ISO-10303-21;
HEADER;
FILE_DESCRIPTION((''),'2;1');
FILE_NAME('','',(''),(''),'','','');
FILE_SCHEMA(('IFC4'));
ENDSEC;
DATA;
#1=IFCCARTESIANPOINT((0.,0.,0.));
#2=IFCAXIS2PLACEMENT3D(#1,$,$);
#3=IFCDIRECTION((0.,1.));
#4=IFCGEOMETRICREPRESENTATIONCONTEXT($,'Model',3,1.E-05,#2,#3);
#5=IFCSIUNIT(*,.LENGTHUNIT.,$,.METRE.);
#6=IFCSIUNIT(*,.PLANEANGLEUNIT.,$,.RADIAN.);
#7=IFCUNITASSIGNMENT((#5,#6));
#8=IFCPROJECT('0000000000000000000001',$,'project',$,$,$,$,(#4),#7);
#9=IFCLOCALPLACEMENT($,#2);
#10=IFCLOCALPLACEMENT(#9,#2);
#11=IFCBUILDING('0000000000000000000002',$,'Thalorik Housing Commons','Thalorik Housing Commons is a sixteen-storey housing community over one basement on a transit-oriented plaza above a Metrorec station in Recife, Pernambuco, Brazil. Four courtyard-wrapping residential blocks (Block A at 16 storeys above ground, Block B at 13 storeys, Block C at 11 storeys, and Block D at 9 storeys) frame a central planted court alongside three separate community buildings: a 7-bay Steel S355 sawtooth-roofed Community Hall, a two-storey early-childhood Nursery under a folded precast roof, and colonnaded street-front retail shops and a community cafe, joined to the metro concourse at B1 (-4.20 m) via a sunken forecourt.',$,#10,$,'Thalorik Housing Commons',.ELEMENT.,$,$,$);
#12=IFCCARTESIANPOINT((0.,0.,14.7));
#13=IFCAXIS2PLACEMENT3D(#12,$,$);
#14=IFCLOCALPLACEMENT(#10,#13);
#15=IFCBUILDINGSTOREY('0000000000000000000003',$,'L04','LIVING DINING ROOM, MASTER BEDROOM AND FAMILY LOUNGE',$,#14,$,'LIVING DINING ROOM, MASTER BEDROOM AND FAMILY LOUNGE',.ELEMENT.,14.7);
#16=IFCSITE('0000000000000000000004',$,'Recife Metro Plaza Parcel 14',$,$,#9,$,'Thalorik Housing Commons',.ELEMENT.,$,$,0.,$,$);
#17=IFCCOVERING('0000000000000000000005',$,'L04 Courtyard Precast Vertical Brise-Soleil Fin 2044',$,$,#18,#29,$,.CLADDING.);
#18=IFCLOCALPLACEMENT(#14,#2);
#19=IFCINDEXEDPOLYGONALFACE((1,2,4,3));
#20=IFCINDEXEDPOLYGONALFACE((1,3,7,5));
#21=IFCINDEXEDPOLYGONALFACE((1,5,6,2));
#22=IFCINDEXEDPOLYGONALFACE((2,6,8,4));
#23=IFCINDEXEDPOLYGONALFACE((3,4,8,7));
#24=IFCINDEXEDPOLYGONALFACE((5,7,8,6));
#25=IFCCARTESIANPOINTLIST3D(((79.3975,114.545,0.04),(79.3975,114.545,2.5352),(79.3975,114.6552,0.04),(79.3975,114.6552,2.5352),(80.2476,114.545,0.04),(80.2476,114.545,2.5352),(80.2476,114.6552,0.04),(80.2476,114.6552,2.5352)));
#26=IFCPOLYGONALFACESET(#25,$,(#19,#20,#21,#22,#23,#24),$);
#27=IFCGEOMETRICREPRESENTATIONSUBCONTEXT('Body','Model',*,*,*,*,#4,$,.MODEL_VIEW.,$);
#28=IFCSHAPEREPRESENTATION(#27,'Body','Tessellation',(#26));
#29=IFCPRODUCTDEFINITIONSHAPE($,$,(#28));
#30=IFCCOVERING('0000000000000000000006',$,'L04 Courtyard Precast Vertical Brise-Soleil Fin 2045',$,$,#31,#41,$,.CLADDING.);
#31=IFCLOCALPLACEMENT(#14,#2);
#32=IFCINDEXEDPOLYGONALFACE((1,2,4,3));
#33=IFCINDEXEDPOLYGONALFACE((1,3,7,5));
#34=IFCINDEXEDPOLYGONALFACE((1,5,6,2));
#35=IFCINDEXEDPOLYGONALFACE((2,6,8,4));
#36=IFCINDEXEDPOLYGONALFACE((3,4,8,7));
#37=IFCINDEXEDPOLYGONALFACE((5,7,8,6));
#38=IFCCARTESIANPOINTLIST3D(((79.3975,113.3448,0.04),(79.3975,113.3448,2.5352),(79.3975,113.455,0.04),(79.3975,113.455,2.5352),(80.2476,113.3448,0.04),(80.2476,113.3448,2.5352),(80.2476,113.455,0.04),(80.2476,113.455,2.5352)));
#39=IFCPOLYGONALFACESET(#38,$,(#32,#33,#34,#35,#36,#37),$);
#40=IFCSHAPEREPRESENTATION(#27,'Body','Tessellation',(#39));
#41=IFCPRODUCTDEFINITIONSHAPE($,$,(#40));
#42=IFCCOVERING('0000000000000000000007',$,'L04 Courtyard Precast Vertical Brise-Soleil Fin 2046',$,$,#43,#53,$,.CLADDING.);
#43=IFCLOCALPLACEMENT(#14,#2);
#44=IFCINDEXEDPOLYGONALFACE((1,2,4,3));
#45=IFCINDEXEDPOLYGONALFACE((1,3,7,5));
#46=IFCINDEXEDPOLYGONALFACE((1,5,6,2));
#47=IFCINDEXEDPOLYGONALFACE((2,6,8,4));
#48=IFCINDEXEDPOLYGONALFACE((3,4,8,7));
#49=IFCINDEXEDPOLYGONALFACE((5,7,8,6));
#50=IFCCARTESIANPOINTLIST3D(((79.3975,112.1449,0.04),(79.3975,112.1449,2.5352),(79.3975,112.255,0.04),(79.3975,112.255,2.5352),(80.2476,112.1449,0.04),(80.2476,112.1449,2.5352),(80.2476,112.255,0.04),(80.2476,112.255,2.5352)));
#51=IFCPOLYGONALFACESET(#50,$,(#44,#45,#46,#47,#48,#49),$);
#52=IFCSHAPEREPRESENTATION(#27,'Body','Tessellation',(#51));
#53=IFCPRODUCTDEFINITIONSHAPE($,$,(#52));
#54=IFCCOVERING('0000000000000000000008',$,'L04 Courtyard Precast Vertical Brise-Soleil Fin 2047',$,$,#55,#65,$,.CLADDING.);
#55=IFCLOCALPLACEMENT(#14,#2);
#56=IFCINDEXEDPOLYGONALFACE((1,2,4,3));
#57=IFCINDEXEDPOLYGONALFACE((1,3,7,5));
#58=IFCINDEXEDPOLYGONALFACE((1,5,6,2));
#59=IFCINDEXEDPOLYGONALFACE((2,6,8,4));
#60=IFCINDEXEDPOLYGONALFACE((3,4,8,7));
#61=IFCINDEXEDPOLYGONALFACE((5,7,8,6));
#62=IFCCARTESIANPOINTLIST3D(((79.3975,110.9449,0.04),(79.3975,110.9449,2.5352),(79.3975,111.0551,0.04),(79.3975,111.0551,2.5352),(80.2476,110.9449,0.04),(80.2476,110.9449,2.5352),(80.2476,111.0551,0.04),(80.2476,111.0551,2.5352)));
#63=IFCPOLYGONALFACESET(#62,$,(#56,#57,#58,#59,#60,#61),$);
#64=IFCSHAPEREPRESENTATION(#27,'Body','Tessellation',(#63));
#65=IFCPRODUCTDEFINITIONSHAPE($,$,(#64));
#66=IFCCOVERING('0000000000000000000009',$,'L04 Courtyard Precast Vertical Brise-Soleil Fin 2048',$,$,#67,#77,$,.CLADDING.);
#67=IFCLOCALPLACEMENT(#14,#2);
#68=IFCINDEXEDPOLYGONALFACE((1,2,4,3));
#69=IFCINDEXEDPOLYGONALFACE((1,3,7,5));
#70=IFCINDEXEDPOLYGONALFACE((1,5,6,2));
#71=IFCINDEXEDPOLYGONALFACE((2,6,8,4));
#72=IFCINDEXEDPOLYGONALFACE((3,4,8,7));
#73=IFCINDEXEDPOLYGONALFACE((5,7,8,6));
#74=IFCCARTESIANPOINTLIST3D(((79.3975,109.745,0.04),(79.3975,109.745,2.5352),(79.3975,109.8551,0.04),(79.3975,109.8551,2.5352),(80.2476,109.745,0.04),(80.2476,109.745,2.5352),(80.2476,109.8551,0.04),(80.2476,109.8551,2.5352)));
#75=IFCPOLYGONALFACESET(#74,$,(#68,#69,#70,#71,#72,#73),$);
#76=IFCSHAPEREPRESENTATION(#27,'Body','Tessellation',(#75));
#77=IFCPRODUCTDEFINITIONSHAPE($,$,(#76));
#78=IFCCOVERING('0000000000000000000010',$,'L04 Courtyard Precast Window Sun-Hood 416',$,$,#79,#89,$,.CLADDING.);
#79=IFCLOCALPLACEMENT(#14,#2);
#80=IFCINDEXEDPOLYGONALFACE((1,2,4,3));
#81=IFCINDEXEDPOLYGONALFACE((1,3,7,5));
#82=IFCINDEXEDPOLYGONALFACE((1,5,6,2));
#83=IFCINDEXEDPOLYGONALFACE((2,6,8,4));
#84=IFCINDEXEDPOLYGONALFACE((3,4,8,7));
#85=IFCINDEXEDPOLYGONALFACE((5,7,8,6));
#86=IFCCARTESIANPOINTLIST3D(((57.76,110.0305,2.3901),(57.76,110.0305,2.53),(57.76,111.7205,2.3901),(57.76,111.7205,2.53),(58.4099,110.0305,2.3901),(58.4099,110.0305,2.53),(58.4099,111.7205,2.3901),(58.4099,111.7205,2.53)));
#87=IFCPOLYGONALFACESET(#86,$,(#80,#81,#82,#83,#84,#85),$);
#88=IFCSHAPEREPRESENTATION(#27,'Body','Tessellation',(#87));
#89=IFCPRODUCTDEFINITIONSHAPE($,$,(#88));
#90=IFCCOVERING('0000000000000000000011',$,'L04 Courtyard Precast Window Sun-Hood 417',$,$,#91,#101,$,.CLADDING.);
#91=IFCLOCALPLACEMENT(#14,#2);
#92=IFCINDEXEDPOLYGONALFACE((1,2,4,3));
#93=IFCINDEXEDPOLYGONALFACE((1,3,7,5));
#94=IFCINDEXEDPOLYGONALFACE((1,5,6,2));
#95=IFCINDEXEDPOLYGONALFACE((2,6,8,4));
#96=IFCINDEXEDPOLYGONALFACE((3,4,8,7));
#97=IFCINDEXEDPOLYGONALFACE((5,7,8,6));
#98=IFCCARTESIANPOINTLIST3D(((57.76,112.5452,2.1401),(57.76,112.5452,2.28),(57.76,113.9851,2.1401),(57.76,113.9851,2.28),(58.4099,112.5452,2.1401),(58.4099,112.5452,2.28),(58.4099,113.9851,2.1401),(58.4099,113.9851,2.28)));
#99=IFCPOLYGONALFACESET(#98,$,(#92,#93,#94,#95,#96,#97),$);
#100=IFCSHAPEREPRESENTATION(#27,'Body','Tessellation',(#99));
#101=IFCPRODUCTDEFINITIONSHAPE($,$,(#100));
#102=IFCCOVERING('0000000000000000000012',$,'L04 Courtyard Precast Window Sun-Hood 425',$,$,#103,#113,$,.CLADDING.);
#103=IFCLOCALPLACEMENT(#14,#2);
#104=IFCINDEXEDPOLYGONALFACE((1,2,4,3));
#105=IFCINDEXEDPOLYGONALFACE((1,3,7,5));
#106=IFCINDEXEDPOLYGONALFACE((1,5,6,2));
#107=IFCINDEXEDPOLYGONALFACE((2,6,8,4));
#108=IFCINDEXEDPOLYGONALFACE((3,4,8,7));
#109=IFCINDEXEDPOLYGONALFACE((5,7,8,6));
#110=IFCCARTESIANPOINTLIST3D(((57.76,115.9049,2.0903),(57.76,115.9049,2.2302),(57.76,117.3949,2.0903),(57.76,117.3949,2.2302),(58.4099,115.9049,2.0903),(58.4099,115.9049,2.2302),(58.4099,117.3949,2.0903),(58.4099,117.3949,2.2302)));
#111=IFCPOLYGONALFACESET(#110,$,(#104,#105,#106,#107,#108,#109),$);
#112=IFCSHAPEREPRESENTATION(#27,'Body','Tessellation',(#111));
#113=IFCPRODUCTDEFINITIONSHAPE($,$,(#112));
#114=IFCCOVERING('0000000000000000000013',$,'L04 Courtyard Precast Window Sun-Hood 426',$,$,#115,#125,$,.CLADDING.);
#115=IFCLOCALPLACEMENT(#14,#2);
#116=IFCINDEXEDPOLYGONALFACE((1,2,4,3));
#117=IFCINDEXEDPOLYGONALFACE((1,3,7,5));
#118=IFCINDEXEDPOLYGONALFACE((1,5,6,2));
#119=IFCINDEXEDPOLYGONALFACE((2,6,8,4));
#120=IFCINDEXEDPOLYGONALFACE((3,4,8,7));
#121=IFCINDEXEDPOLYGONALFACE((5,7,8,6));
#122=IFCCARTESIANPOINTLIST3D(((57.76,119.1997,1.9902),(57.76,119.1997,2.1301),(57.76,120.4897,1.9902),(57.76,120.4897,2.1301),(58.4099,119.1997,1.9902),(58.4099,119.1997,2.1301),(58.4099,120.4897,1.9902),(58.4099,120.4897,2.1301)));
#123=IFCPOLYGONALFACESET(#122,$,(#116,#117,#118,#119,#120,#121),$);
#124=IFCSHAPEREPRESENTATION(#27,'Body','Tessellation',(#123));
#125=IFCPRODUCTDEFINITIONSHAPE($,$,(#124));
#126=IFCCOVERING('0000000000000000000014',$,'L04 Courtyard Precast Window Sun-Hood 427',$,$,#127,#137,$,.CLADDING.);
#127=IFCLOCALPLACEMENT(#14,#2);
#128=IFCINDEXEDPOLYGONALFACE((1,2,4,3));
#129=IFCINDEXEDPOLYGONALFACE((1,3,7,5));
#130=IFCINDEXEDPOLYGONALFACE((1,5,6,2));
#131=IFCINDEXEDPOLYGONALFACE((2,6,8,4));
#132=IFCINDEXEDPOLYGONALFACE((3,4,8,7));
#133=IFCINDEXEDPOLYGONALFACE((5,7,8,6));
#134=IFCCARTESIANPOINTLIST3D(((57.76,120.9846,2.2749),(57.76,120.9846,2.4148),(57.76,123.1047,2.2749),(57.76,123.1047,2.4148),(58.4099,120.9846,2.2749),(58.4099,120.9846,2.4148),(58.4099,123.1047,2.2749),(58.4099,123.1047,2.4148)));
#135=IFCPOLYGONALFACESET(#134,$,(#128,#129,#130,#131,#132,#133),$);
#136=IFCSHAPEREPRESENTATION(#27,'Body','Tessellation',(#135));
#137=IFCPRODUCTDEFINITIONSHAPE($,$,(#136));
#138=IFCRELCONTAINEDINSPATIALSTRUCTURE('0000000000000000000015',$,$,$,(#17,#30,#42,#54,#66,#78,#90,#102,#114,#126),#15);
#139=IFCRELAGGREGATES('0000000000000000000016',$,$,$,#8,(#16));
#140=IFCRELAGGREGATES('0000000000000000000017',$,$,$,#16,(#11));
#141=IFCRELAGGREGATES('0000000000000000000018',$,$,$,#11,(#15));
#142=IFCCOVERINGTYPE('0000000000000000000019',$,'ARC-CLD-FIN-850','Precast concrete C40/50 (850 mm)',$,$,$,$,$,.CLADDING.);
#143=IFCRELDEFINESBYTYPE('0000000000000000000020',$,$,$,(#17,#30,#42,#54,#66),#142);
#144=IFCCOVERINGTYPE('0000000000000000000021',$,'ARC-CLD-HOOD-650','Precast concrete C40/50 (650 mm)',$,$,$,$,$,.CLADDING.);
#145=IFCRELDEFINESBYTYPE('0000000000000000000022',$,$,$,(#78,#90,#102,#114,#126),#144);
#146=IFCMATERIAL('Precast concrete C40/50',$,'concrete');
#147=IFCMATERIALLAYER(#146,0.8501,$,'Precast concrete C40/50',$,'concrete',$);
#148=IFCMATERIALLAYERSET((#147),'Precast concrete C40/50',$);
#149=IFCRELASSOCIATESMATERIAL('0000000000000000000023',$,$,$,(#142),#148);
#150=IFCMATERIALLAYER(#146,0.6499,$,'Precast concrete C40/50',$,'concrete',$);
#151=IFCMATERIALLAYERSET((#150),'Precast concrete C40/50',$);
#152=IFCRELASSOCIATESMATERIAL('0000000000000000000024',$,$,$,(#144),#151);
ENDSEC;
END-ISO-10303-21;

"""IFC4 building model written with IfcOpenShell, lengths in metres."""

from ifc_helpers import new_model, si_unit, direction, frame, origin, origin_2d, place, context, subcontext, project, spatial, rectangle, extrude, material, layer, layer_set, type_object, element, save


model = new_model("IFC4")

# Units and contexts
model_context = context("Model", 3, precision=1e-05, world=origin(), true_north=direction((0.0, 1.0)))
body_context = subcontext(model_context, "Body", "Model", "MODEL_VIEW")
ifc_project = project(units=[si_unit("LENGTHUNIT", "METRE"), si_unit("PLANEANGLEUNIT", "RADIAN")], contexts=[model_context])

# Site, building, storey
site_placement = place(None, origin())
site = spatial("IfcSite", under=ifc_project, at=site_placement, Name="Recife Metro Plaza Parcel 14", LongName="Thalorik Housing Commons", CompositionType="ELEMENT", RefElevation=0.0)
building_placement = place(site_placement, origin())
building = spatial("IfcBuilding", under=site, at=building_placement, Name="Thalorik Housing Commons", Description="Thalorik Housing Commons is a sixteen-storey housing community over one basement on a transit-oriented plaza above a Metrorec station in Recife, Pernambuco, Brazil. Four courtyard-wrapping residential blocks (Block A at 16 storeys above ground, Block B at 13 storeys, Block C at 11 storeys, and Block D at 9 storeys) frame a central planted court alongside three separate community buildings: a 7-bay Steel S355 sawtooth-roofed Community Hall, a two-storey early-childhood Nursery under a folded precast roof, and colonnaded street-front retail shops and a community cafe, joined to the metro concourse at B1 (-4.20 m) via a sunken forecourt.", LongName="Thalorik Housing Commons", CompositionType="ELEMENT")
storey_placement = place(building_placement, frame((0.0, 0.0, 14.7)))
storey = spatial("IfcBuildingStorey", under=building, at=storey_placement, Name="L04", Description="LIVING DINING ROOM, MASTER BEDROOM AND FAMILY LOUNGE", LongName="LIVING DINING ROOM, MASTER BEDROOM AND FAMILY LOUNGE", CompositionType="ELEMENT", Elevation=14.7)

# Coverings
ifc_material_1 = material(Name="Precast concrete C40/50", Category="concrete")
ifc_layer_1 = layer(ifc_material_1, 0.8501, Name="Precast concrete C40/50", Category="concrete")
ifc_layer_set_1 = layer_set([ifc_layer_1], Name="Precast concrete C40/50")
covering_type_1 = type_object("IfcCoveringType", Name="ARC-CLD-FIN-850", Description="Precast concrete C40/50 (850 mm)", PredefinedType="CLADDING", material=ifc_layer_set_1)
for number, where, z_axis, x_axis, name in (
    (1, (79.8225, 114.6001, 0.04), (0.0, 0.0, 1.0), (0.0, -1.0, 0.0), "L04 Courtyard Precast Vertical Brise-Soleil Fin 2044"),
    (2, (79.8225, 113.3999, 0.04), (0.0, 0.0, 1.0), (0.0, -1.0, 0.0), "L04 Courtyard Precast Vertical Brise-Soleil Fin 2045"),
    (3, (79.8225, 112.2, 0.04), (0.0, 0.0, 1.0), (0.0, -1.0, 0.0), "L04 Courtyard Precast Vertical Brise-Soleil Fin 2046"),
    (4, (79.8225, 111.0, 0.04), (0.0, 0.0, 1.0), (0.0, -1.0, 0.0), "L04 Courtyard Precast Vertical Brise-Soleil Fin 2047"),
    (5, (79.8225, 109.8, 0.04), (0.0, 0.0, 1.0), (0.0, -1.0, 0.0), "L04 Courtyard Precast Vertical Brise-Soleil Fin 2048"),
):
    element("IfcCovering", number, at=place(storey_placement, frame(where, z_axis=z_axis, x_axis=x_axis)), inside=storey, type_object=covering_type_1, Name=name, PredefinedType="CLADDING", context=body_context, shape_type="SweptSolid", body=[
        extrude(rectangle(XDim=0.1101, YDim=0.8501, at=origin_2d()), origin(), (0.0, 0.0, 1.0), 2.4951),
    ])
ifc_layer_2 = layer(ifc_material_1, 0.6499, Name="Precast concrete C40/50", Category="concrete")
ifc_layer_set_2 = layer_set([ifc_layer_2], Name="Precast concrete C40/50")
covering_type_2 = type_object("IfcCoveringType", Name="ARC-CLD-HOOD-650", Description="Precast concrete C40/50 (650 mm)", PredefinedType="CLADDING", material=ifc_layer_set_2)
covering_1_placement = place(storey_placement, frame((58.085, 110.8755, 2.3901), z_axis=(0.0, 0.0, 1.0), x_axis=(0.0, 1.0, 0.0)))
element("IfcCovering", 6, at=covering_1_placement, inside=storey, type_object=covering_type_2, Name="L04 Courtyard Precast Window Sun-Hood 416", PredefinedType="CLADDING", context=body_context, shape_type="SweptSolid", body=[
    extrude(rectangle(XDim=1.6899, YDim=0.6499, at=origin_2d()), origin(), (0.0, 0.0, 1.0), 0.1399),
])
covering_2_placement = place(storey_placement, frame((58.085, 113.2651, 2.1401), z_axis=(0.0, 0.0, 1.0), x_axis=(0.0, 1.0, 0.0)))
element("IfcCovering", 7, at=covering_2_placement, inside=storey, type_object=covering_type_2, Name="L04 Courtyard Precast Window Sun-Hood 417", PredefinedType="CLADDING", context=body_context, shape_type="SweptSolid", body=[
    extrude(rectangle(XDim=1.4399, YDim=0.6499, at=origin_2d()), origin(), (0.0, 0.0, 1.0), 0.1399),
])
covering_3_placement = place(storey_placement, frame((58.085, 116.6499, 2.0903), z_axis=(0.0, 0.0, 1.0), x_axis=(0.0, 1.0, 0.0)))
element("IfcCovering", 8, at=covering_3_placement, inside=storey, type_object=covering_type_2, Name="L04 Courtyard Precast Window Sun-Hood 425", PredefinedType="CLADDING", context=body_context, shape_type="SweptSolid", body=[
    extrude(rectangle(XDim=1.49, YDim=0.6499, at=origin_2d()), origin(), (0.0, 0.0, 1.0), 0.1399),
])
covering_4_placement = place(storey_placement, frame((58.085, 119.8447, 1.9902), z_axis=(0.0, 0.0, 1.0), x_axis=(0.0, 1.0, 0.0)))
element("IfcCovering", 9, at=covering_4_placement, inside=storey, type_object=covering_type_2, Name="L04 Courtyard Precast Window Sun-Hood 426", PredefinedType="CLADDING", context=body_context, shape_type="SweptSolid", body=[
    extrude(rectangle(XDim=1.29, YDim=0.6499, at=origin_2d()), origin(), (0.0, 0.0, 1.0), 0.1399),
])
covering_5_placement = place(storey_placement, frame((58.085, 122.0447, 2.2749), z_axis=(0.0, 0.0, 1.0), x_axis=(0.0, 1.0, 0.0)))
element("IfcCovering", 10, at=covering_5_placement, inside=storey, type_object=covering_type_2, Name="L04 Courtyard Precast Window Sun-Hood 427", PredefinedType="CLADDING", context=body_context, shape_type="SweptSolid", body=[
    extrude(rectangle(XDim=2.1201, YDim=0.6499, at=origin_2d()), origin(), (0.0, 0.0, 1.0), 0.1399),
])

save(model, "model.ifc")
